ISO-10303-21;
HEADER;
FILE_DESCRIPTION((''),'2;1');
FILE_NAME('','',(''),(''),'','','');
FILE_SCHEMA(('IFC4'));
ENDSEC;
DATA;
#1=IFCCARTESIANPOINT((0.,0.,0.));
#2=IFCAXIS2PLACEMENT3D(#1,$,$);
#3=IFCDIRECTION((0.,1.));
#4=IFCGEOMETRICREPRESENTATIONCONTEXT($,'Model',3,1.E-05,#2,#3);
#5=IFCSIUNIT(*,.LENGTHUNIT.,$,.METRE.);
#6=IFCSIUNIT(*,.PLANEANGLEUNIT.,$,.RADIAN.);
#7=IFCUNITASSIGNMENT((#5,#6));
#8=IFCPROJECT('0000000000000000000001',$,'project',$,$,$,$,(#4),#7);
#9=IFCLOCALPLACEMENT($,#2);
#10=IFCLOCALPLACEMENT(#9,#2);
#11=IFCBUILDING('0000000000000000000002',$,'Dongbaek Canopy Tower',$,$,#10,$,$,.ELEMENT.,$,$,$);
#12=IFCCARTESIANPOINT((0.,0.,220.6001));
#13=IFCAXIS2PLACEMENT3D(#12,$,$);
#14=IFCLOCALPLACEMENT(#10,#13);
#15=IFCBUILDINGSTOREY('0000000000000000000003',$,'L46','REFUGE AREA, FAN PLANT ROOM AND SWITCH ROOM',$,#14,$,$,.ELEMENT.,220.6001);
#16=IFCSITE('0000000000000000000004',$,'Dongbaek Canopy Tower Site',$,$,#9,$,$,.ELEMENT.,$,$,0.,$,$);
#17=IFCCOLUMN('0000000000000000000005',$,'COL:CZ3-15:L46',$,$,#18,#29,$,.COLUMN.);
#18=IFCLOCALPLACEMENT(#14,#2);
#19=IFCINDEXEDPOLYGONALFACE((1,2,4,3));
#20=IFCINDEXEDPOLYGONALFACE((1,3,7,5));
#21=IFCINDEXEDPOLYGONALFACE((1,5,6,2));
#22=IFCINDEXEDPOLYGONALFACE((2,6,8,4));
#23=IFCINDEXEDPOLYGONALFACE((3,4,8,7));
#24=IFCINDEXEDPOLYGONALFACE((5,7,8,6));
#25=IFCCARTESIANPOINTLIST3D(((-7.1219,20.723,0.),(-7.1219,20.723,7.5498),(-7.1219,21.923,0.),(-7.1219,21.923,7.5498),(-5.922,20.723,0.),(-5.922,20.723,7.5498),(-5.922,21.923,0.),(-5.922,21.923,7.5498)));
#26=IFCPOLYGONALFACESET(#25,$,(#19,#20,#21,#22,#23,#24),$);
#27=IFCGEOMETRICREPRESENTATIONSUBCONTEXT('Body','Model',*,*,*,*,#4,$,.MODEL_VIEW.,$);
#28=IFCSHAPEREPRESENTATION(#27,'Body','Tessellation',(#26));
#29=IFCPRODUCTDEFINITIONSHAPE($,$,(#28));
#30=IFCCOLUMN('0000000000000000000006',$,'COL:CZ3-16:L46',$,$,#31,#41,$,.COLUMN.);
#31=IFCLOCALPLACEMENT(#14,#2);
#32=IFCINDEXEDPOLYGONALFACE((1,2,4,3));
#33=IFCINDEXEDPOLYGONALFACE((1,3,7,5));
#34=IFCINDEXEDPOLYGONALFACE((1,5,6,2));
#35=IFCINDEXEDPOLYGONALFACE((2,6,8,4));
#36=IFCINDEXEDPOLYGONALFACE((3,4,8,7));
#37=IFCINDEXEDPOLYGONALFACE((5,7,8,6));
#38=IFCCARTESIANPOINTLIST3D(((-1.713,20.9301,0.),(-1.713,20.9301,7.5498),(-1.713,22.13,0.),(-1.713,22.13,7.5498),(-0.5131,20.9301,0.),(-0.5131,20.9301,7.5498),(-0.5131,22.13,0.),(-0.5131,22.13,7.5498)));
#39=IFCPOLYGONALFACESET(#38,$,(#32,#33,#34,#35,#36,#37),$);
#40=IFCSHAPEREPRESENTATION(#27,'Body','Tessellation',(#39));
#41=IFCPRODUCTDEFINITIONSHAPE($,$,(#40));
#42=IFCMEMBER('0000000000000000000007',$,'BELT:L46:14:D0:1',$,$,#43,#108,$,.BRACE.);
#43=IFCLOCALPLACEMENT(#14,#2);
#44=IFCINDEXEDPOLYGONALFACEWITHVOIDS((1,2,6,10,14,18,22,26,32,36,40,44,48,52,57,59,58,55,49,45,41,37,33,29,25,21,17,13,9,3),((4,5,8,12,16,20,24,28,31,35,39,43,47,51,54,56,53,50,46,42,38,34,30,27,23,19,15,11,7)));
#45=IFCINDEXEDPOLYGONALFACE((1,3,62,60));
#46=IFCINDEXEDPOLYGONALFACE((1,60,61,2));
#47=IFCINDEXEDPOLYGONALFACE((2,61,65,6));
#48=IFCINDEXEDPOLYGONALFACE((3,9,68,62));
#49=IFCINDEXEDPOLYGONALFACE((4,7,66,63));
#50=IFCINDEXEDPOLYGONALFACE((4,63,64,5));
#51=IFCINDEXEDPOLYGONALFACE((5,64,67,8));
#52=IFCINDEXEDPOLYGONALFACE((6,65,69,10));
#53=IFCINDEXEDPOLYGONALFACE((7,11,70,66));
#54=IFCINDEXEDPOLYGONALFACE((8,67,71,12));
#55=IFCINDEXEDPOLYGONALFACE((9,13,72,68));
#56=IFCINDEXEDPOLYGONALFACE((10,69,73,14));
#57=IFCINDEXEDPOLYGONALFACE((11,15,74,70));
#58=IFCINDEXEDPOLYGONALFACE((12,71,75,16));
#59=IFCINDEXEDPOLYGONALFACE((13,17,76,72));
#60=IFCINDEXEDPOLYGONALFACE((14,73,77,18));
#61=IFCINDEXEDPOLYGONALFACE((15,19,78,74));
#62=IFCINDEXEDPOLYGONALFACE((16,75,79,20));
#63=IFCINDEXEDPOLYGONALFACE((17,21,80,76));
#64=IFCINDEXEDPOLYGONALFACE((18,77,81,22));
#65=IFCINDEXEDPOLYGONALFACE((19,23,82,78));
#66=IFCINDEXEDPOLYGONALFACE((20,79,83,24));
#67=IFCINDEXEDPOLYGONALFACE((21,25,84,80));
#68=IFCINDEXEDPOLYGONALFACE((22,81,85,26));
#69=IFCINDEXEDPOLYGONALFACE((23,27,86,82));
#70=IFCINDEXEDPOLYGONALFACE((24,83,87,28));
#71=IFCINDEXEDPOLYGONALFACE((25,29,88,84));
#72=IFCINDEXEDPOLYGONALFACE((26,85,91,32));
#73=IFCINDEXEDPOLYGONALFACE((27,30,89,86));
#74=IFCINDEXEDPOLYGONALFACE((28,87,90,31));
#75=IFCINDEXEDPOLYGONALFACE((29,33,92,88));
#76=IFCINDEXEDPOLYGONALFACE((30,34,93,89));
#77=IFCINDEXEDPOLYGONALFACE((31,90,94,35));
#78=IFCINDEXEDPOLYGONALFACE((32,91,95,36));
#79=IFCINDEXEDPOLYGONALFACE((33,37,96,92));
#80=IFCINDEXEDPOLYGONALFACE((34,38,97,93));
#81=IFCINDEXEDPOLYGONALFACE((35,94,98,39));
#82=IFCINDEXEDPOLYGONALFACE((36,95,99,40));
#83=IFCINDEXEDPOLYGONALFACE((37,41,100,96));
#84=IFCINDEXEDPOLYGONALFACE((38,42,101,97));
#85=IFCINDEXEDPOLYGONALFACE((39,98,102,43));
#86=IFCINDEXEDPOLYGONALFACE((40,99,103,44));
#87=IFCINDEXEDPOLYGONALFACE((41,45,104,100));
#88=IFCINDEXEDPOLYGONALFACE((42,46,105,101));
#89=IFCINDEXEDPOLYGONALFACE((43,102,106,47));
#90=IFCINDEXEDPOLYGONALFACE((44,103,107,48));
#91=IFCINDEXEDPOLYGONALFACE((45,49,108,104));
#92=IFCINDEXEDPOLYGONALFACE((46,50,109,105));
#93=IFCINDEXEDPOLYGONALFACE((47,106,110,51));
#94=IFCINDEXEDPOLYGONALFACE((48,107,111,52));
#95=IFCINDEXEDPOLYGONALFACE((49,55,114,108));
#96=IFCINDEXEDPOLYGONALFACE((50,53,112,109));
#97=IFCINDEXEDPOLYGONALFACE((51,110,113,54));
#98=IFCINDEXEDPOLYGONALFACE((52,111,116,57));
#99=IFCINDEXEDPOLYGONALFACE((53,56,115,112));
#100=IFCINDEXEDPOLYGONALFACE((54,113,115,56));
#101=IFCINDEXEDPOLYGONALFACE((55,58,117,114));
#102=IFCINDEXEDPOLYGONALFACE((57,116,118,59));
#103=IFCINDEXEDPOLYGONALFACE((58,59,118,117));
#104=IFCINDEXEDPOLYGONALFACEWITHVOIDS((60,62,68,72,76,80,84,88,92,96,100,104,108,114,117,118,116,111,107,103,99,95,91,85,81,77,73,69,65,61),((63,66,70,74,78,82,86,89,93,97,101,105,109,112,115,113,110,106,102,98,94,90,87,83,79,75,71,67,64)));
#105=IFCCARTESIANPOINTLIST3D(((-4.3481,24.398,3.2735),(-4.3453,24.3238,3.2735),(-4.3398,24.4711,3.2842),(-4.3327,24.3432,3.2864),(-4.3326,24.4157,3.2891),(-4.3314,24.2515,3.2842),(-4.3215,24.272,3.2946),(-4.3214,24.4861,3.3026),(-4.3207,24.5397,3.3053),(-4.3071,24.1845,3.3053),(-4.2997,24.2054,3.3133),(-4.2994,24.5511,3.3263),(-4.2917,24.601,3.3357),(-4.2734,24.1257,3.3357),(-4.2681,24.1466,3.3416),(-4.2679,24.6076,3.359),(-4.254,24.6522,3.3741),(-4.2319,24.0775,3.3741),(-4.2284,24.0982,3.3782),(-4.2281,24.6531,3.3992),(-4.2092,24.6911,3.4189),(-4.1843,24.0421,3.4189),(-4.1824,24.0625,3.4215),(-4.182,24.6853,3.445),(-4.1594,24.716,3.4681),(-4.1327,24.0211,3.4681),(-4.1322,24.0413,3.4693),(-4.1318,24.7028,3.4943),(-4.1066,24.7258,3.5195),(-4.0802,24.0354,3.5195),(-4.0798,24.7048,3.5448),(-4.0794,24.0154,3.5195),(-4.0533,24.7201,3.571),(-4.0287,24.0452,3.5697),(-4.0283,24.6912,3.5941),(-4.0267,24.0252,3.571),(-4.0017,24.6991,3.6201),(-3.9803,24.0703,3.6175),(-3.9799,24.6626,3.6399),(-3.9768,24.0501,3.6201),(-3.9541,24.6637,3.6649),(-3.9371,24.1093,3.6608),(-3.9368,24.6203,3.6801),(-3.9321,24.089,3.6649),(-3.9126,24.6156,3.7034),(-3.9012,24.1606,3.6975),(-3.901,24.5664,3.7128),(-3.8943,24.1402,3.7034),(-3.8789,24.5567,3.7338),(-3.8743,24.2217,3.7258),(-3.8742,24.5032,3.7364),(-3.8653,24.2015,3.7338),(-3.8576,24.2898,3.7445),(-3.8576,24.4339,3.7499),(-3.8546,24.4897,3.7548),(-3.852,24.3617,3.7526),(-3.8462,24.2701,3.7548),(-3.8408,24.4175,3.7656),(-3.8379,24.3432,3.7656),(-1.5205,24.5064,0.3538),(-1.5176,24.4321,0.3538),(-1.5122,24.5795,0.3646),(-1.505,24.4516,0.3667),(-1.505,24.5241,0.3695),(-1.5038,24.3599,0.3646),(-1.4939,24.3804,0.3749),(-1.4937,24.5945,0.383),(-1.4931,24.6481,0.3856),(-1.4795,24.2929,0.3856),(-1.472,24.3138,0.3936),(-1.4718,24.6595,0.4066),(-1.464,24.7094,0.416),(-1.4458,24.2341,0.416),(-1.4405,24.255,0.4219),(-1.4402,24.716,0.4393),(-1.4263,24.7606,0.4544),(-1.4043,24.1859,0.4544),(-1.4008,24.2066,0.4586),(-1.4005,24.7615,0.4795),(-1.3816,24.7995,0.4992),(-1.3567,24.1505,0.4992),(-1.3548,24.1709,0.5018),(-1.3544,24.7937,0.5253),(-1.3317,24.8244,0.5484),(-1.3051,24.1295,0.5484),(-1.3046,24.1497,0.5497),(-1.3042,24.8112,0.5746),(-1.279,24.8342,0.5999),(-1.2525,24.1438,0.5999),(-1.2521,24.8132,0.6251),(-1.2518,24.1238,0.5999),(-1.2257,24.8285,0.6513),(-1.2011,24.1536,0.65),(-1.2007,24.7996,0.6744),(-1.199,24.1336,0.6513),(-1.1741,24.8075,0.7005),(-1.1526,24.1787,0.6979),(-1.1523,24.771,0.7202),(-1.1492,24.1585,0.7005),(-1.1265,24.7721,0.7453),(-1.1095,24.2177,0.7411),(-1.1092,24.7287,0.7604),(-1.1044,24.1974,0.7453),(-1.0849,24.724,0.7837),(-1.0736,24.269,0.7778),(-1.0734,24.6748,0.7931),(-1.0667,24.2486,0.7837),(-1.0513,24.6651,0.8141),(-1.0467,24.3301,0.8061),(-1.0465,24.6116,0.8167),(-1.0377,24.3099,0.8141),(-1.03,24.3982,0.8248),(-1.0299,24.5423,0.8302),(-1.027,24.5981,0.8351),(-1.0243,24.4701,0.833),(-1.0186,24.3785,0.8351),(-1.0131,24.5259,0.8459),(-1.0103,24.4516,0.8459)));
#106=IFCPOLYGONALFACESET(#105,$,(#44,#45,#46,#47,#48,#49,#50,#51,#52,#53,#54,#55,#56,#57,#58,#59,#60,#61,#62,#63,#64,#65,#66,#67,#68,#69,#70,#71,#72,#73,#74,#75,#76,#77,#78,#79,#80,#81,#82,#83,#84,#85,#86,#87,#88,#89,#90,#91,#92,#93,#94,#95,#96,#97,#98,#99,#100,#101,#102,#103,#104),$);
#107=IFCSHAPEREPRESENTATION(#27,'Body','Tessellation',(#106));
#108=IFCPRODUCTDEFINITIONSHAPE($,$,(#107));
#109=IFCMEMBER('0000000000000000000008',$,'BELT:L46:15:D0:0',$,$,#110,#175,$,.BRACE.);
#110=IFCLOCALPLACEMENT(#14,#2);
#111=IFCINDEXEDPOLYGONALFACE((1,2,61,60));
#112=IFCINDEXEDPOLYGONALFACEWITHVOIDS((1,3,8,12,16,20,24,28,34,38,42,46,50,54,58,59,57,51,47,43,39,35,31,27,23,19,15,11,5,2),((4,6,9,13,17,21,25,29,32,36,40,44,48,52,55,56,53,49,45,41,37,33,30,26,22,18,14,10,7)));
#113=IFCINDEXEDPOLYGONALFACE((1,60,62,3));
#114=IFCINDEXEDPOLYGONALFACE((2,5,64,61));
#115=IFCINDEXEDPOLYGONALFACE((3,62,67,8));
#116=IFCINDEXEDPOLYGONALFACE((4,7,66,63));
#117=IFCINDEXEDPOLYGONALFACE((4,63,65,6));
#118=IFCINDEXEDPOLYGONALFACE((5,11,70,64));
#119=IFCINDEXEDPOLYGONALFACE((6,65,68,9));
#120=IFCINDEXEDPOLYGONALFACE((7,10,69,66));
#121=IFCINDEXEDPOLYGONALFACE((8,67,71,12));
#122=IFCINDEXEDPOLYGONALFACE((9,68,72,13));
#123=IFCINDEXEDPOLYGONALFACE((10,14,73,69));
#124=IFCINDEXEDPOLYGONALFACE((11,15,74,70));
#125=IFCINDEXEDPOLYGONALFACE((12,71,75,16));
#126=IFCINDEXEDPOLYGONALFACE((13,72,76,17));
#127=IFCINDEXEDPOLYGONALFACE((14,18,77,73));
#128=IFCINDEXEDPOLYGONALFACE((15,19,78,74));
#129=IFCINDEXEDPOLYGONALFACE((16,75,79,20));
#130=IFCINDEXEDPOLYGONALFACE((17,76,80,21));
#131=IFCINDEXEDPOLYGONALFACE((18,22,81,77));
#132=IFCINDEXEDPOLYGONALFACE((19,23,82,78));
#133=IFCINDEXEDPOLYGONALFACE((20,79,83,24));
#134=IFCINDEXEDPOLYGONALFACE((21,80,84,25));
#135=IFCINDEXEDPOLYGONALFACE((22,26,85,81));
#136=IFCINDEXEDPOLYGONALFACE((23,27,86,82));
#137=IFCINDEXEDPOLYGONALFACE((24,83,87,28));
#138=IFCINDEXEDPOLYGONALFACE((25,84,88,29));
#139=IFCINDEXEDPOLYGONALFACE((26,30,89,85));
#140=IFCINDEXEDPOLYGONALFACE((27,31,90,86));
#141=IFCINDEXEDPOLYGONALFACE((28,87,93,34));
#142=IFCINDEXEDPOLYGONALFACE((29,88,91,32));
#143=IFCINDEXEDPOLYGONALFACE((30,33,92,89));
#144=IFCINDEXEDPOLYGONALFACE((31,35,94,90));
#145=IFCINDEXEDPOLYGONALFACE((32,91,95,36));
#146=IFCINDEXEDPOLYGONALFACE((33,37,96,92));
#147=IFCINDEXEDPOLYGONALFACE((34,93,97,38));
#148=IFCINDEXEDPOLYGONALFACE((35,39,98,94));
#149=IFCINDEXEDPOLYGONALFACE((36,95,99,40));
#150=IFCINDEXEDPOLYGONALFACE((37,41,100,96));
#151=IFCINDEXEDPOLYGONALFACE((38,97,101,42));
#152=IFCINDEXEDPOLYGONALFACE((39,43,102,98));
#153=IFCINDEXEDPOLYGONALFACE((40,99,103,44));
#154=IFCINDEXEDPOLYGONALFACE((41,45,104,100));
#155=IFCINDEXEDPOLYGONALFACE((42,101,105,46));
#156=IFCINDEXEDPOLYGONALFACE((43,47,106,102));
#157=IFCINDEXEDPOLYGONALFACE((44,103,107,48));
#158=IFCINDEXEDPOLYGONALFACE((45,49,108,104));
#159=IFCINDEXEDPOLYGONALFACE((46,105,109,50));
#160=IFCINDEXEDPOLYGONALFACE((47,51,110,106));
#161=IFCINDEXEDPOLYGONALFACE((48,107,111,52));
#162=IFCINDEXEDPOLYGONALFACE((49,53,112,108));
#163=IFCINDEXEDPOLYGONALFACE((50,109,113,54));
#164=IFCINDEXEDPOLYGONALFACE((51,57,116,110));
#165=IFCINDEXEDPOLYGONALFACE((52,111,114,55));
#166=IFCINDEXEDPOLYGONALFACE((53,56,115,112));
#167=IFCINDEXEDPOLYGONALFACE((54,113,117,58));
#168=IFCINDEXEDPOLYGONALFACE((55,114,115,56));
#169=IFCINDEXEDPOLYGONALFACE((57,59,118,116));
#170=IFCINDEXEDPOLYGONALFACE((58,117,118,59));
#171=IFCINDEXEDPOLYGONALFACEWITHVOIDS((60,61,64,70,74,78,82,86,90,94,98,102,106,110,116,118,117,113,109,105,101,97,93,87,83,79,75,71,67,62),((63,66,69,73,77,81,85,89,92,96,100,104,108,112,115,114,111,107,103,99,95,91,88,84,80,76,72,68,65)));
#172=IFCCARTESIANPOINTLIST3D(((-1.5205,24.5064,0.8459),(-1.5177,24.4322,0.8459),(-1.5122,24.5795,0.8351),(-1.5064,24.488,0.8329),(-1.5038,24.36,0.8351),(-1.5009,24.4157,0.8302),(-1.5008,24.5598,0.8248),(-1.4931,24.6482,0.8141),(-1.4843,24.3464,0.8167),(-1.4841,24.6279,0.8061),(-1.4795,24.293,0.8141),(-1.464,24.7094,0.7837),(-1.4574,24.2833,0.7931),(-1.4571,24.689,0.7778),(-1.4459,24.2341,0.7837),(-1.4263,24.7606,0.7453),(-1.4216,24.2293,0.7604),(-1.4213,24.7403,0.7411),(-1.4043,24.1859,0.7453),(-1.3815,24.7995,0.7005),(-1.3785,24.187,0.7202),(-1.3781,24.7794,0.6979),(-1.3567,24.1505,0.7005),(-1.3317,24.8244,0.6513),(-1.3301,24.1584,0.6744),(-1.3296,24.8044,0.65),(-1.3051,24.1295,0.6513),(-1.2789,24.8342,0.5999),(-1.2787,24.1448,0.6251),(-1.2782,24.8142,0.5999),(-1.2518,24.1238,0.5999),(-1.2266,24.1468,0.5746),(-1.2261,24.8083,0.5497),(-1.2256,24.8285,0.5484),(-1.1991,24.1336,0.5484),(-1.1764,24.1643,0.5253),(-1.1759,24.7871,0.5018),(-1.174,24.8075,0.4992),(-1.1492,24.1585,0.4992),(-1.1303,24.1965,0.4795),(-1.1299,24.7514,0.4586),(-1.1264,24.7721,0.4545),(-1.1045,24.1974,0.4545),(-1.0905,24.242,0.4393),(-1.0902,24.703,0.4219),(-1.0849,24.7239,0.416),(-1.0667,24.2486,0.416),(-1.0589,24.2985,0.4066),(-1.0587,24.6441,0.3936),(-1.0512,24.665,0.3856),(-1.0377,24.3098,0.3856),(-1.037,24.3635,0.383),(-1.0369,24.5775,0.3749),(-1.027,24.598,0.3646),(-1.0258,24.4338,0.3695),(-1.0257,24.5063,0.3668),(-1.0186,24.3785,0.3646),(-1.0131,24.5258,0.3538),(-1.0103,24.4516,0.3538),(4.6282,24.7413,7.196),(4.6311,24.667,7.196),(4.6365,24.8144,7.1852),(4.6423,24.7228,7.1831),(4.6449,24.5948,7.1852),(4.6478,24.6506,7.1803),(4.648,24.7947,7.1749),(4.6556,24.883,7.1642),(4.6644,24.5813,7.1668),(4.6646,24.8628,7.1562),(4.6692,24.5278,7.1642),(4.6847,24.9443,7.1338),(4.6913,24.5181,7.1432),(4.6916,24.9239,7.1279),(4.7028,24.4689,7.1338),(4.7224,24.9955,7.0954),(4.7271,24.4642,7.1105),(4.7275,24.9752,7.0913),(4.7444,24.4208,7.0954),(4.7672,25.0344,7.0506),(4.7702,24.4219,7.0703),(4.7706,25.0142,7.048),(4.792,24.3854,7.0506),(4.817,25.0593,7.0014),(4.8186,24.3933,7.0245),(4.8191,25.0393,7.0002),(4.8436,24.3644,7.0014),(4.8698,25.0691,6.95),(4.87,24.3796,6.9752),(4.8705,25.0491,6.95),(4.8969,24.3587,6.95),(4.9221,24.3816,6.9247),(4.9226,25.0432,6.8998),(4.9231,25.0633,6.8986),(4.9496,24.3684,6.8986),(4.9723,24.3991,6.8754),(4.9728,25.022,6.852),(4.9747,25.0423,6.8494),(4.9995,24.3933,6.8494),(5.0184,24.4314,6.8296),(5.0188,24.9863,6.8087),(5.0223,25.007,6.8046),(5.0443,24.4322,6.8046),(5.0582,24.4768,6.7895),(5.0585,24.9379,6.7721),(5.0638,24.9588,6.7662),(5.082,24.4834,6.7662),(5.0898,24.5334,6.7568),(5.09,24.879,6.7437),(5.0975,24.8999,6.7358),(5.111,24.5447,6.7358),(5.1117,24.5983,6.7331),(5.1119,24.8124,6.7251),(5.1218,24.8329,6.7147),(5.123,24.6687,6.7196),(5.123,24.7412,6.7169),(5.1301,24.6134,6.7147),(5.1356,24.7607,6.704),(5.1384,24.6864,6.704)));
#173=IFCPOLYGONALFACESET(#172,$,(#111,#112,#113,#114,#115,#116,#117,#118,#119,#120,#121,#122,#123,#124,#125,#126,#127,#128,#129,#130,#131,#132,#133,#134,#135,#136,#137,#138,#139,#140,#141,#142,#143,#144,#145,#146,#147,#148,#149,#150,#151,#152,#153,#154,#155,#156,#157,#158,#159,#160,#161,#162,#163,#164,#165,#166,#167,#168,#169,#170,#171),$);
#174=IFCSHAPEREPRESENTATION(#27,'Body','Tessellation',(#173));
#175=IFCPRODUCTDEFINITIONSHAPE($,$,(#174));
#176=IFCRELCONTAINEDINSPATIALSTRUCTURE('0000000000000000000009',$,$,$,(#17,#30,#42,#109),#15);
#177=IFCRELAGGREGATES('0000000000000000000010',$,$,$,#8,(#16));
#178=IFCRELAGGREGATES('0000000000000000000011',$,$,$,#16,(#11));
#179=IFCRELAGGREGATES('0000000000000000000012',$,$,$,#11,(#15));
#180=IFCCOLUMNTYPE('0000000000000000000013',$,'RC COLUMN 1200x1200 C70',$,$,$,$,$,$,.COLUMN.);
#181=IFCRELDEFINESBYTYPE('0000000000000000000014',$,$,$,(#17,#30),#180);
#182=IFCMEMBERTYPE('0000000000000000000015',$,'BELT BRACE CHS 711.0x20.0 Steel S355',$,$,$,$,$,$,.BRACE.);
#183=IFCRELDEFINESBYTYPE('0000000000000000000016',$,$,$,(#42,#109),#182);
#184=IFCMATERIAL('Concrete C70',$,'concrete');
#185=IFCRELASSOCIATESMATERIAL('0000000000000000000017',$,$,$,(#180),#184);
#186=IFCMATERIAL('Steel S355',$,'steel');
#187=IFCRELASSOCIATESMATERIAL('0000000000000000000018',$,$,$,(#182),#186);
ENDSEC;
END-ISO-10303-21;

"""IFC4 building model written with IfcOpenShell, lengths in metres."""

from ifc_helpers import new_model, si_unit, direction, frame, origin, origin_2d, place, context, subcontext, project, spatial, rectangle, hollow_circle, extrude, material, material_profile, profile_set, type_object, element, save


model = new_model("IFC4")

# Units and contexts
model_context = context("Model", 3, precision=1e-05, world=origin(), true_north=direction((0.0, 1.0)))
body_context = subcontext(model_context, "Body", "Model", "MODEL_VIEW")
ifc_project = project(units=[si_unit("LENGTHUNIT", "METRE"), si_unit("PLANEANGLEUNIT", "RADIAN")], contexts=[model_context])

# Site, building, storey
site_placement = place(None, origin())
site = spatial("IfcSite", under=ifc_project, at=site_placement, Name="Dongbaek Canopy Tower Site", CompositionType="ELEMENT", RefElevation=0.0)
building_placement = place(site_placement, origin())
building = spatial("IfcBuilding", under=site, at=building_placement, Name="Dongbaek Canopy Tower", CompositionType="ELEMENT")
storey_placement = place(building_placement, frame((0.0, 0.0, 220.6001)))
storey = spatial("IfcBuildingStorey", under=building, at=storey_placement, Name="L46", Description="REFUGE AREA, FAN PLANT ROOM AND SWITCH ROOM", CompositionType="ELEMENT", Elevation=220.6001)

# Columns
ifc_material_1 = material(Name="Concrete C70", Category="concrete")
ifc_material_profile_1 = material_profile(ifc_material_1, rectangle(XDim=1.2, YDim=1.2, at=origin_2d()), Name="RC COLUMN 1200x1200 C70")
ifc_profile_set_1 = profile_set([ifc_material_profile_1], Name="Concrete C70")
column_type = type_object("IfcColumnType", Name="RC COLUMN 1200x1200 C70", PredefinedType="COLUMN", material=ifc_profile_set_1)
for number, where, z_axis, x_axis, name in (
    (1, (-6.522, 21.323, 0.0), (0.0, 0.0, 1.0), (1.0, 0.0, 0.0), "COL:CZ3-15:L46"),
    (2, (-1.113, 21.53, 0.0), (0.0, 0.0, 1.0), (1.0, 0.0, 0.0), "COL:CZ3-16:L46"),
):
    element("IfcColumn", number, at=place(storey_placement, frame(where, z_axis=z_axis, x_axis=x_axis)), inside=storey, type_object=column_type, Name=name, PredefinedType="COLUMN", context=body_context, shape_type="SweptSolid", body=[
        extrude(rectangle(XDim=1.2, YDim=1.2, at=origin_2d()), origin(), (0.0, 0.0, 1.0), 7.5498),
    ])

# Members
ifc_material_2 = material(Name="Steel S355", Category="steel")
ifc_material_profile_2 = material_profile(ifc_material_2, hollow_circle(Radius=0.3555, WallThickness=0.02, at=origin_2d()), Name="BELT BRACE CHS 711.0x20.0 Steel S355")
ifc_profile_set_2 = profile_set([ifc_material_profile_2], Name="Steel S355")
member_type_1 = type_object("IfcMemberType", Name="BELT BRACE CHS 711.0x20.0 Steel S355", PredefinedType="BRACE", material=ifc_profile_set_2)
member_1_placement = place(storey_placement, frame((-1.2654, 24.479, 0.5999), z_axis=(-0.695446, -0.02666, 0.718083), x_axis=(0.038307, -0.999266, 0.0)))
element("IfcMember", 3, at=member_1_placement, inside=storey, type_object=member_type_1, Name="BELT:L46:14:D0:1", PredefinedType="BRACE", context=body_context, shape_type="SweptSolid", body=[
    extrude(hollow_circle(Radius=0.3555, WallThickness=0.02, at=origin_2d()), origin(), (0.0, 0.0, 1.0), 4.0659),
])
member_2_placement = place(storey_placement, frame((-1.2654, 24.479, 0.5999), z_axis=(0.695376, 0.026562, 0.718155), x_axis=(-0.03817, 0.999271, 0.0)))
element("IfcMember", 4, at=member_2_placement, inside=storey, type_object=member_type_1, Name="BELT:L46:15:D0:0", PredefinedType="BRACE", context=body_context, shape_type="SweptSolid", body=[
    extrude(hollow_circle(Radius=0.3555, WallThickness=0.02, at=origin_2d()), origin(), (0.0, 0.0, 1.0), 8.8423),
])

save(model, "model.ifc")
